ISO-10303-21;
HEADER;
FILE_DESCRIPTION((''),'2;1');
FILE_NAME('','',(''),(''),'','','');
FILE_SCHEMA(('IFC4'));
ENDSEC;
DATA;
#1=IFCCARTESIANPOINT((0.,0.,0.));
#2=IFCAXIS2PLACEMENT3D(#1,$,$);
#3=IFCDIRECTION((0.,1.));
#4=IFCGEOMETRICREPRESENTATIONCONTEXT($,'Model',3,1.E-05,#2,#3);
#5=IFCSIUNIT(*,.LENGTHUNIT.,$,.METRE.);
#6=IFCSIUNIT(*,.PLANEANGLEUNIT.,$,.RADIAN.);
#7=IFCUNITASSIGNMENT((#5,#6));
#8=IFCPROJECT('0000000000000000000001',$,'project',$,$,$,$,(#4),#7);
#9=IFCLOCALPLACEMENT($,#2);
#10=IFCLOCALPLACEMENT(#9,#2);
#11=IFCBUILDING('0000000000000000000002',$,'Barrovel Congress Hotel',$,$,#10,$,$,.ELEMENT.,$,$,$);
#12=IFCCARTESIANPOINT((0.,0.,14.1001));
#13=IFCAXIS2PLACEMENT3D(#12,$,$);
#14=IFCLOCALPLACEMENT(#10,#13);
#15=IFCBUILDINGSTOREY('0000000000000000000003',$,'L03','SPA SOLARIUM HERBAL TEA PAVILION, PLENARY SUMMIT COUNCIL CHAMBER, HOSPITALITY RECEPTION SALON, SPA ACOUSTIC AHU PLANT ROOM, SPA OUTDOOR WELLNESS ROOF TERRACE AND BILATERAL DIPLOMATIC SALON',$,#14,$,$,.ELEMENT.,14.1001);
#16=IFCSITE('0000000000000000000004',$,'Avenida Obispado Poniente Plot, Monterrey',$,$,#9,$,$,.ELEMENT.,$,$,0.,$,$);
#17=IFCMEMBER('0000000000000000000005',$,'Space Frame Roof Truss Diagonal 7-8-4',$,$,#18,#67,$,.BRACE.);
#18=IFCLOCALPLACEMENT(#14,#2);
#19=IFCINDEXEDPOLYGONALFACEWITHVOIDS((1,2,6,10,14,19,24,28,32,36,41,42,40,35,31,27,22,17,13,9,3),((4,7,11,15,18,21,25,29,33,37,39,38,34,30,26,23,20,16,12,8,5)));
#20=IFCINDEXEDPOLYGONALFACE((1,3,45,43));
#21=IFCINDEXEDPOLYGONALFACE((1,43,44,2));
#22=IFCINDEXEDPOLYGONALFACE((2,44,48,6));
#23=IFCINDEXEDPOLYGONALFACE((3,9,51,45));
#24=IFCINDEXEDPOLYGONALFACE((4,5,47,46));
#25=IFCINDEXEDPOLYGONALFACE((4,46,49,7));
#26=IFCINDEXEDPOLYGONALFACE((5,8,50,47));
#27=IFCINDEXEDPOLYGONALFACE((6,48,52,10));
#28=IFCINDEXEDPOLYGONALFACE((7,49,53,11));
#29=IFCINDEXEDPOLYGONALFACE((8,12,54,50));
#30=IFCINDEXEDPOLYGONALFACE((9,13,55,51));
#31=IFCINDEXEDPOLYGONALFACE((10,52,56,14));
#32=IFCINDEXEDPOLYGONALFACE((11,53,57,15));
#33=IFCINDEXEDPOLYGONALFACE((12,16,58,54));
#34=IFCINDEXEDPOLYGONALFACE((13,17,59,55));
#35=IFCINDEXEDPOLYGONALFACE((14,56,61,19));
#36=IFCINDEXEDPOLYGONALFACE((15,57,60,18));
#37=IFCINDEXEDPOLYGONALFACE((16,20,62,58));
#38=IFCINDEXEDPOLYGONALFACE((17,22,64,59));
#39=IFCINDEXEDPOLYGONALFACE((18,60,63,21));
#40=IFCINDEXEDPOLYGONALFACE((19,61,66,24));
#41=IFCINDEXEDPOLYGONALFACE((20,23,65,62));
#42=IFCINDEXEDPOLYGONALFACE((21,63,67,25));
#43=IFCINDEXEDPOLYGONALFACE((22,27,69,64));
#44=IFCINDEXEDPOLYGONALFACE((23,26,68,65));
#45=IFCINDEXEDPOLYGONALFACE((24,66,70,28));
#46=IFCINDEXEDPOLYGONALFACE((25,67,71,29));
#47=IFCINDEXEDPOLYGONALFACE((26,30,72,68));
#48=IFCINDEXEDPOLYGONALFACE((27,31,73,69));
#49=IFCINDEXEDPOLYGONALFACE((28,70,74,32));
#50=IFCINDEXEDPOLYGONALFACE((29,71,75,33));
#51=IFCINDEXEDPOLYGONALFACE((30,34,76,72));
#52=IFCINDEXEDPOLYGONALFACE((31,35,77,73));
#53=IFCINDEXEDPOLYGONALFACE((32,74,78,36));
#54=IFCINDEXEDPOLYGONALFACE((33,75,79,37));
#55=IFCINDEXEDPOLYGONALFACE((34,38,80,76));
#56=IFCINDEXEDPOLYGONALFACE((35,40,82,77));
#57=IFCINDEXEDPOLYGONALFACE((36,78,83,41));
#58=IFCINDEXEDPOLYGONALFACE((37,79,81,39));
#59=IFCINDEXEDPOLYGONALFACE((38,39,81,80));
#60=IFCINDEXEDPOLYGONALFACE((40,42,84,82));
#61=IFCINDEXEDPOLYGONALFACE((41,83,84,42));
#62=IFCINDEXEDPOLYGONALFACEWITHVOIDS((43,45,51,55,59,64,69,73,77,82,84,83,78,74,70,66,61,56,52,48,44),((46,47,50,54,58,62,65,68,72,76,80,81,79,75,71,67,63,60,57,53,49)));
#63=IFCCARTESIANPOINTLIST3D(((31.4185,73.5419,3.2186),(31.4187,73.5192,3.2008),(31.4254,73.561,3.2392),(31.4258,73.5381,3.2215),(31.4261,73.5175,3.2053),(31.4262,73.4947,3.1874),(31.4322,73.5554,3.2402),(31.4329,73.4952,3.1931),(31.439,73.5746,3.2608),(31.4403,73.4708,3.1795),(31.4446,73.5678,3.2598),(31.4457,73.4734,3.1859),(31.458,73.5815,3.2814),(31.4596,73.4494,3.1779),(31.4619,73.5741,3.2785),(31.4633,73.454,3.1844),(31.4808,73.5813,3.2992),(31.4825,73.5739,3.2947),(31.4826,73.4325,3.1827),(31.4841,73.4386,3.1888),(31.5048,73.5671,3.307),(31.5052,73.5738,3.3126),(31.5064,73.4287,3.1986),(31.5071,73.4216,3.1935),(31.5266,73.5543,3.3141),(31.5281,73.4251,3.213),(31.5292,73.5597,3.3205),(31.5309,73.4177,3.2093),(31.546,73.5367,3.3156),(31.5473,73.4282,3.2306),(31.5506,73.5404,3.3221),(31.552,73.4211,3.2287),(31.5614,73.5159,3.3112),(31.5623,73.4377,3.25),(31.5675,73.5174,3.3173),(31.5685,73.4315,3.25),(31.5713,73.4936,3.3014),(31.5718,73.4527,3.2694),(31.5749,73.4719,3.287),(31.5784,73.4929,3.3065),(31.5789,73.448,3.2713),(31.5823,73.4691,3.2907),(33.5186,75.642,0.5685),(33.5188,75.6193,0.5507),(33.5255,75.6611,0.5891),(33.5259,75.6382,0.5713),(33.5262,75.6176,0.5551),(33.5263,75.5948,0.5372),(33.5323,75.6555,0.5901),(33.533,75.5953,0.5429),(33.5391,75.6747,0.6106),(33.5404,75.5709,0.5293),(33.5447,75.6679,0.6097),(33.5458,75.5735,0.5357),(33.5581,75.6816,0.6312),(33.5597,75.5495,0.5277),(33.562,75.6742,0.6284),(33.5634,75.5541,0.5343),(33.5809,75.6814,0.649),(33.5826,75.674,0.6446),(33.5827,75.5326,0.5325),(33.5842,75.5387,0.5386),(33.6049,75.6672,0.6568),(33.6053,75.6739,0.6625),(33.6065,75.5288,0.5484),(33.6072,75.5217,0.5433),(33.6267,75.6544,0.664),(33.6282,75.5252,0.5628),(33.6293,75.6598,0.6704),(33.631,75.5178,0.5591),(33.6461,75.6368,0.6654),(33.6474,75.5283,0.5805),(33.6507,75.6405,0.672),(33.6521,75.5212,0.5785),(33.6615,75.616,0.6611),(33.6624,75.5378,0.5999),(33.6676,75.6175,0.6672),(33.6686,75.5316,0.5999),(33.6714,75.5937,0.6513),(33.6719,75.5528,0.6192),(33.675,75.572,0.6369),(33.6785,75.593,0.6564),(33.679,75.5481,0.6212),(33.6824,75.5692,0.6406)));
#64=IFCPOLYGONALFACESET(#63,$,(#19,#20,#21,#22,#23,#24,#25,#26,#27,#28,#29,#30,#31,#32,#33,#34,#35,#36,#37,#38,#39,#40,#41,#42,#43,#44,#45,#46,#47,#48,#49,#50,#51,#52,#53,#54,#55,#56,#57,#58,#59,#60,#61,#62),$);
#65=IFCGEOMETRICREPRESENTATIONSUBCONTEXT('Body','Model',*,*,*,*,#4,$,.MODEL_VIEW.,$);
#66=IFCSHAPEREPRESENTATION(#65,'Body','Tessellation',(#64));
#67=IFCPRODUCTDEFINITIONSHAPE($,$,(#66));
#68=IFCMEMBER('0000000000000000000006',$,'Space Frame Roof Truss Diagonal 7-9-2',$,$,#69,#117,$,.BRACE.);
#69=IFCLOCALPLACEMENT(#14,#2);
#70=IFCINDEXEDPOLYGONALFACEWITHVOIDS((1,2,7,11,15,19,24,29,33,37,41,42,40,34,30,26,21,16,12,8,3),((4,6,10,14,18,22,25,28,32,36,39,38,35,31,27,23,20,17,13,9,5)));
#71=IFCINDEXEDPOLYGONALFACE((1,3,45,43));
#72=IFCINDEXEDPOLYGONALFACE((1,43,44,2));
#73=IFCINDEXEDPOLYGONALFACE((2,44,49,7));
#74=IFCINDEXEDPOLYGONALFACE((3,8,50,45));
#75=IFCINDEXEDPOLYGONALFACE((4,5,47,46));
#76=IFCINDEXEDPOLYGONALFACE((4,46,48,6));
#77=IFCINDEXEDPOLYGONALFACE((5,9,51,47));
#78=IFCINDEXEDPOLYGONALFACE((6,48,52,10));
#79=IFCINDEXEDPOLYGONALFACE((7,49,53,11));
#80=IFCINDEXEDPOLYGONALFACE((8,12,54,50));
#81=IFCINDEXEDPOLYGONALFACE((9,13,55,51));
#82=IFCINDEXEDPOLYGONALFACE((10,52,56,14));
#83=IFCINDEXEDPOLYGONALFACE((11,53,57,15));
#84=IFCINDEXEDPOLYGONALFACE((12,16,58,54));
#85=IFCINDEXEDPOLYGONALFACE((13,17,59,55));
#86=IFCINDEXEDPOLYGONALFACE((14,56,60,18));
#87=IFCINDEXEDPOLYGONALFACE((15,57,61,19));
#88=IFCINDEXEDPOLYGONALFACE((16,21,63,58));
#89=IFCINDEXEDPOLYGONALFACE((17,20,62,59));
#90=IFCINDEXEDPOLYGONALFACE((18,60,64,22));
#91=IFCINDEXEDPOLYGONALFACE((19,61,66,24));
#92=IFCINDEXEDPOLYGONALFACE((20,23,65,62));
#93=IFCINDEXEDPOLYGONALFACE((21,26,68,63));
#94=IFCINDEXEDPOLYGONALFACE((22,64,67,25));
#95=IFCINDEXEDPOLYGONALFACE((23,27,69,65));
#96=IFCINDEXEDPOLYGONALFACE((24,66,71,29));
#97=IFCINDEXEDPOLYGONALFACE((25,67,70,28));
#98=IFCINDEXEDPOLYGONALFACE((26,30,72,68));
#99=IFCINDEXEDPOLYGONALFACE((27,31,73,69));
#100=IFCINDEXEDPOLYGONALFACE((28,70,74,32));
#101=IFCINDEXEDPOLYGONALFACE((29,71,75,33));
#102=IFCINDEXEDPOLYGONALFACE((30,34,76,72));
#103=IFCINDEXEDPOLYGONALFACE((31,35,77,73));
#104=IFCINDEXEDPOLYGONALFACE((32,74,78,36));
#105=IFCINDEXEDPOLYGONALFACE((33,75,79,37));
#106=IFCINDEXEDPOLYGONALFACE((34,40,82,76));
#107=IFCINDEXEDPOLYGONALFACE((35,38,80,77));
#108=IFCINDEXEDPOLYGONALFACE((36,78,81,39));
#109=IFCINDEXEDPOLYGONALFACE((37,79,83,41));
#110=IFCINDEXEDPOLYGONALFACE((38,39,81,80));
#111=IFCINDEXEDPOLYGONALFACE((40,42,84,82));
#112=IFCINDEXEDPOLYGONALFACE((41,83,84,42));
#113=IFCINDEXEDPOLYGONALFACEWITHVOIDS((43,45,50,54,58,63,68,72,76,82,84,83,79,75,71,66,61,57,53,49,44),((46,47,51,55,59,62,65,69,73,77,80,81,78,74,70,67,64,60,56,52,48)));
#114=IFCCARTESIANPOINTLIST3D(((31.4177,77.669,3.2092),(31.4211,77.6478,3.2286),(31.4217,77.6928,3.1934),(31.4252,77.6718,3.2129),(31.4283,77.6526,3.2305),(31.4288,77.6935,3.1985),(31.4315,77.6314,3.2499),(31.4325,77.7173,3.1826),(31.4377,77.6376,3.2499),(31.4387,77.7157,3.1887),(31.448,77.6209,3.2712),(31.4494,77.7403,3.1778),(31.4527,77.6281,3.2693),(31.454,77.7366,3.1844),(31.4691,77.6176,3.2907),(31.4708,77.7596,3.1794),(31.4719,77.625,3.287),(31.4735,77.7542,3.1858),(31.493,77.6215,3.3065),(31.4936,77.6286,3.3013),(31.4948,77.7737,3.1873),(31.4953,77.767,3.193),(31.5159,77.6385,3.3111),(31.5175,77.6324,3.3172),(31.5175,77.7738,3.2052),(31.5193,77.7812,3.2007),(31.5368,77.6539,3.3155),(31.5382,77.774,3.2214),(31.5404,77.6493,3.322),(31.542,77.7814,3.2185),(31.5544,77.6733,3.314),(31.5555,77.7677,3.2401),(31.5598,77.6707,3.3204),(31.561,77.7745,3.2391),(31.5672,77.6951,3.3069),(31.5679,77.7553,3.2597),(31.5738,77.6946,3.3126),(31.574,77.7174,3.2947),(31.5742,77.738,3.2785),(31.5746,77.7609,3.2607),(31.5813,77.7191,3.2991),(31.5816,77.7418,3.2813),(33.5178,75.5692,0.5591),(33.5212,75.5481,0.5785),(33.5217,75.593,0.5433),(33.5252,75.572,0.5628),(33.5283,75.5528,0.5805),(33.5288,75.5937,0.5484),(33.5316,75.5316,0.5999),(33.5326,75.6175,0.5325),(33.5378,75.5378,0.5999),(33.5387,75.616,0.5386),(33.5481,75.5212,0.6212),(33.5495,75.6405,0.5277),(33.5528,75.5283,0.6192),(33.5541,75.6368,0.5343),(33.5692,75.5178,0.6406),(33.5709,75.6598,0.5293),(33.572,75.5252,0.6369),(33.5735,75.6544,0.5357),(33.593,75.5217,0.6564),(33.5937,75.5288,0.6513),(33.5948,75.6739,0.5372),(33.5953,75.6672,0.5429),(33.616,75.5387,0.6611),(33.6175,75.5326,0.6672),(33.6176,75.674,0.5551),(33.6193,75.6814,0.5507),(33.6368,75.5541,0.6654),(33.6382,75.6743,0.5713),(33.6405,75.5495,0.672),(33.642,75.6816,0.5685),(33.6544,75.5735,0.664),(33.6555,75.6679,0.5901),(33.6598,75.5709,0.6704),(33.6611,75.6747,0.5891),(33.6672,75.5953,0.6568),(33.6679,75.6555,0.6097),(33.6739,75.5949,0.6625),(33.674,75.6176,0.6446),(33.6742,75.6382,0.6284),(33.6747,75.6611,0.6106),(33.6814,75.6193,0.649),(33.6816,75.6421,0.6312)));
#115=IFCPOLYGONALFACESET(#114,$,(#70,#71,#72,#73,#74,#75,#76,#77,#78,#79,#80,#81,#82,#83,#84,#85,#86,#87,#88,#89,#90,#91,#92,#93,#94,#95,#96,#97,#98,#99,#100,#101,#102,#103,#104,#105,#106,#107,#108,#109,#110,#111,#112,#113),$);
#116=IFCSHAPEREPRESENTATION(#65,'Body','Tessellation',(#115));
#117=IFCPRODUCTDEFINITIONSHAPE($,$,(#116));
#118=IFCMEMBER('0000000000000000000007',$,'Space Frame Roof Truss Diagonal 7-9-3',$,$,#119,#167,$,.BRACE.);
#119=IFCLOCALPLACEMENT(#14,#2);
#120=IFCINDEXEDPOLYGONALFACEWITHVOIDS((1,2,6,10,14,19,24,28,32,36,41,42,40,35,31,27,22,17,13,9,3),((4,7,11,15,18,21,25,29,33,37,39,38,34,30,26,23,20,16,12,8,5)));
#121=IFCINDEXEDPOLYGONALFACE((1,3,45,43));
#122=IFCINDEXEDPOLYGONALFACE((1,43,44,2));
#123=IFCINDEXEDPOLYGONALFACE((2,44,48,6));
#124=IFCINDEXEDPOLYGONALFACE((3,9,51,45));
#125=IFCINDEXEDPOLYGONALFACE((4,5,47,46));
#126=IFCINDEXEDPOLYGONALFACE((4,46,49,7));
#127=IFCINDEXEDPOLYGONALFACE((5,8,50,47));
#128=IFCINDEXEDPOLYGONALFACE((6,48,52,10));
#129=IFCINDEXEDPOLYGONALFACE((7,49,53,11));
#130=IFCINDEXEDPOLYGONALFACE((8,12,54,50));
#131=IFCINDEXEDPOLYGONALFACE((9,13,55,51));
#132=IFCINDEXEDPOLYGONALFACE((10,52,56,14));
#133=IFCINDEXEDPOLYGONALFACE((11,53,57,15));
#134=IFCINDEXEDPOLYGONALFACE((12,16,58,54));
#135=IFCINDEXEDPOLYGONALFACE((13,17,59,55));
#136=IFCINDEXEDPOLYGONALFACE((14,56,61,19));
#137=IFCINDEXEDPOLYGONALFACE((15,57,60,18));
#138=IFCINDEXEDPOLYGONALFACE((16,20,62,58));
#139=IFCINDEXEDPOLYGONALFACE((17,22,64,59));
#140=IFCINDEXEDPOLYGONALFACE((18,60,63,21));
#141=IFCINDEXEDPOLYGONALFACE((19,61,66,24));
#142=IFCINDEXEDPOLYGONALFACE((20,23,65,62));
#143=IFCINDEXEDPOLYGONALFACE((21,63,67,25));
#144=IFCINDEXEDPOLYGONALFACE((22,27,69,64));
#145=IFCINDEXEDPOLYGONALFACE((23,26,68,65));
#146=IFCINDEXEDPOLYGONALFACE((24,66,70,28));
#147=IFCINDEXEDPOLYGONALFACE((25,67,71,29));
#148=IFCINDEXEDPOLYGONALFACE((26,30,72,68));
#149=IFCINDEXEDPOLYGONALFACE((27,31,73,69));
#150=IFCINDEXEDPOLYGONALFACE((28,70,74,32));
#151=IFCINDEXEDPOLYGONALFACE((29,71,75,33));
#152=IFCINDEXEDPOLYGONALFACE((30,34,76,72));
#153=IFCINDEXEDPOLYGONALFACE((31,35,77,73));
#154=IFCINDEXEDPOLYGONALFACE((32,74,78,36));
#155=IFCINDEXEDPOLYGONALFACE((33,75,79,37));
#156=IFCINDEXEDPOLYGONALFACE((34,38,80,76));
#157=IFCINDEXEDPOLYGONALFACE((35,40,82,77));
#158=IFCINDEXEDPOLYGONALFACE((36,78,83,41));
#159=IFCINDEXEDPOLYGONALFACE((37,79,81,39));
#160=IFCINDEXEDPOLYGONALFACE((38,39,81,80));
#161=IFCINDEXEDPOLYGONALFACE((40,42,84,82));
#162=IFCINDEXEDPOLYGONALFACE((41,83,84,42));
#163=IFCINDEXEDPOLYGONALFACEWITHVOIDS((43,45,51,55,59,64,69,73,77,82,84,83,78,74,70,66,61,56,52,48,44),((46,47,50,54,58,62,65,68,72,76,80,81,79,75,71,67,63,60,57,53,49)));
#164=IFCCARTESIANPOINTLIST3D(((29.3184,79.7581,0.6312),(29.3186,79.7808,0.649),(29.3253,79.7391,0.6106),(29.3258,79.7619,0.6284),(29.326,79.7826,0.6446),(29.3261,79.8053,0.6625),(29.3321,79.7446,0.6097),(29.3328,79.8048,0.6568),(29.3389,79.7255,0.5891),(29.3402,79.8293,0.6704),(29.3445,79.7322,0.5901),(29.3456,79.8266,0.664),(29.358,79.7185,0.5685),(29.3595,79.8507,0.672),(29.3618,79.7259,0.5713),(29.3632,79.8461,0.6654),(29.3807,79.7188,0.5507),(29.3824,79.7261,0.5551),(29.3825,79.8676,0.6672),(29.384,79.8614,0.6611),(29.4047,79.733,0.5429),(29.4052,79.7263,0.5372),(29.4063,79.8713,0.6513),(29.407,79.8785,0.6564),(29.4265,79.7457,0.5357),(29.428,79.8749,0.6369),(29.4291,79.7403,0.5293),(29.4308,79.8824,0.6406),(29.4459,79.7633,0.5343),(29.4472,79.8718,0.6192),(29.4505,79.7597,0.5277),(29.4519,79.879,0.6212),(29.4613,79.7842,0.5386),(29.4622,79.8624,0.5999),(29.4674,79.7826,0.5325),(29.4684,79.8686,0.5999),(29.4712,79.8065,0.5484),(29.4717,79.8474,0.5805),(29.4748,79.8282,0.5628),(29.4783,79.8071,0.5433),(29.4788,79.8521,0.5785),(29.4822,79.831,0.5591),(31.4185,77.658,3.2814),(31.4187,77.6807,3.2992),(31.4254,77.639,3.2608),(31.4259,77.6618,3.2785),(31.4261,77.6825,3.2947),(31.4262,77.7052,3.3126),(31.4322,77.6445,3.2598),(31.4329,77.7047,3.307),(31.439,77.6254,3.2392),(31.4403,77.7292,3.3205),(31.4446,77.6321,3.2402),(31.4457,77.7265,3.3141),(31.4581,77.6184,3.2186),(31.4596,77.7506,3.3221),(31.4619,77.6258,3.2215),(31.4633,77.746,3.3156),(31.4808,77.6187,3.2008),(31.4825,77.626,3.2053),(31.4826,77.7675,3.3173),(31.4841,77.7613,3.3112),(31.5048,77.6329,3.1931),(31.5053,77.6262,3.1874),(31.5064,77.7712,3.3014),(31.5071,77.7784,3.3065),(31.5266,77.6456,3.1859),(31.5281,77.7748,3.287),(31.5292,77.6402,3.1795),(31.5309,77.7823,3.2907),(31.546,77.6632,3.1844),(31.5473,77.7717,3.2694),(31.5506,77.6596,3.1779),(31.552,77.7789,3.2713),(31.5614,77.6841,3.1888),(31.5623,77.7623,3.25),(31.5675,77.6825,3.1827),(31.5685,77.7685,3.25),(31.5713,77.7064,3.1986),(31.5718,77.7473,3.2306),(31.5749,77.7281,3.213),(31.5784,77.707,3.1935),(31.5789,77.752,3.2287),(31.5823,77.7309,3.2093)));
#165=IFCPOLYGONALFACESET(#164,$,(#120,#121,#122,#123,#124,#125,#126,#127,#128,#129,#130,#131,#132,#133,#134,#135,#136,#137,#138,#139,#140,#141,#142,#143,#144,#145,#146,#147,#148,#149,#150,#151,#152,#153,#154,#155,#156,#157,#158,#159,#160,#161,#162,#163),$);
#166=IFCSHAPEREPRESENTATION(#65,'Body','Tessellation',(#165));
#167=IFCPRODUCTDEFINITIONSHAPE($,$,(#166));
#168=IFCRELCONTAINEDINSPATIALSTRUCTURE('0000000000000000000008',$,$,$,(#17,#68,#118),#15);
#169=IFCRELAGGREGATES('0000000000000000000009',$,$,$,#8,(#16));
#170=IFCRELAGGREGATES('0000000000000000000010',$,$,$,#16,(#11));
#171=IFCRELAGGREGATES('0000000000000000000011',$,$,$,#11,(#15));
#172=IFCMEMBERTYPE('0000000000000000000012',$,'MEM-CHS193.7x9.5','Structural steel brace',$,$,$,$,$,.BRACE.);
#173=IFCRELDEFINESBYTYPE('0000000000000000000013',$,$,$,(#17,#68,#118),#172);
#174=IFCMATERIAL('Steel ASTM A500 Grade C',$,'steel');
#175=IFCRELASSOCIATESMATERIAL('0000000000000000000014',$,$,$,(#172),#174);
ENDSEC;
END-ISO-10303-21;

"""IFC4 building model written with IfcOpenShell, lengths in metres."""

from ifc_helpers import new_model, si_unit, direction, frame, origin, origin_2d, place, context, subcontext, project, spatial, hollow_circle, extrude, material, material_profile, profile_set, type_object, element, save


model = new_model("IFC4")

# Units and contexts
model_context = context("Model", 3, precision=1e-05, world=origin(), true_north=direction((0.0, 1.0)))
body_context = subcontext(model_context, "Body", "Model", "MODEL_VIEW")
ifc_project = project(units=[si_unit("LENGTHUNIT", "METRE"), si_unit("PLANEANGLEUNIT", "RADIAN")], contexts=[model_context])

# Site, building, storey
site_placement = place(None, origin())
site = spatial("IfcSite", under=ifc_project, at=site_placement, Name="Avenida Obispado Poniente Plot, Monterrey", CompositionType="ELEMENT", RefElevation=0.0)
building_placement = place(site_placement, origin())
building = spatial("IfcBuilding", under=site, at=building_placement, Name="Barrovel Congress Hotel", CompositionType="ELEMENT")
storey_placement = place(building_placement, frame((0.0, 0.0, 14.1001)))
storey = spatial("IfcBuildingStorey", under=building, at=storey_placement, Name="L03", Description="SPA SOLARIUM HERBAL TEA PAVILION, PLENARY SUMMIT COUNCIL CHAMBER, HOSPITALITY RECEPTION SALON, SPA ACOUSTIC AHU PLANT ROOM, SPA OUTDOOR WELLNESS ROOF TERRACE AND BILATERAL DIPLOMATIC SALON", CompositionType="ELEMENT", Elevation=14.1001)

# Members
ifc_material_1 = material(Name="Steel ASTM A500 Grade C", Category="steel")
ifc_material_profile_1 = material_profile(ifc_material_1, hollow_circle(Radius=0.0969, WallThickness=0.0088, at=origin_2d()), Name="CHS193.7x9.5")
ifc_profile_set_1 = profile_set([ifc_material_profile_1], Name="Steel ASTM A500 Grade C")
member_type_1 = type_object("IfcMemberType", Name="MEM-CHS193.7x9.5", Description="Structural steel brace", PredefinedType="BRACE", material=ifc_profile_set_1)
member_1_placement = place(storey_placement, frame((33.6001, 75.6001, 0.5999), z_axis=(-0.527601, -0.527601, 0.665788), x_axis=(0.707107, -0.707107, 0.0)))
element("IfcMember", 1, at=member_1_placement, inside=storey, type_object=member_type_1, Name="Space Frame Roof Truss Diagonal 7-8-4", PredefinedType="BRACE", context=body_context, shape_type="SweptSolid", body=[
    extrude(hollow_circle(Radius=0.0969, WallThickness=0.0088, at=origin_2d()), origin(), (0.0, 0.0, 1.0), 3.9805),
])
member_2_placement = place(storey_placement, frame((33.6001, 75.6001, 0.5999), z_axis=(-0.527618, 0.527557, 0.66581), x_axis=(-0.707066, -0.707148, 0.0)))
element("IfcMember", 2, at=member_2_placement, inside=storey, type_object=member_type_1, Name="Space Frame Roof Truss Diagonal 7-9-2", PredefinedType="BRACE", context=body_context, shape_type="SweptSolid", body=[
    extrude(hollow_circle(Radius=0.0969, WallThickness=0.0088, at=origin_2d()), origin(), (0.0, 0.0, 1.0), 3.9802),
])
for number, where, z_axis, x_axis, name in (
    (3, (29.3999, 79.8, 0.5999), (0.527601, -0.527601, 0.665788), (0.707107, 0.707107, 0.0), "Space Frame Roof Truss Diagonal 7-9-3"),
):
    element("IfcMember", number, at=place(storey_placement, frame(where, z_axis=z_axis, x_axis=x_axis)), inside=storey, type_object=member_type_1, Name=name, PredefinedType="BRACE", context=body_context, shape_type="SweptSolid", body=[
        extrude(hollow_circle(Radius=0.0969, WallThickness=0.0088, at=origin_2d()), origin(), (0.0, 0.0, 1.0), 3.9805),
    ])

save(model, "model.ifc")
